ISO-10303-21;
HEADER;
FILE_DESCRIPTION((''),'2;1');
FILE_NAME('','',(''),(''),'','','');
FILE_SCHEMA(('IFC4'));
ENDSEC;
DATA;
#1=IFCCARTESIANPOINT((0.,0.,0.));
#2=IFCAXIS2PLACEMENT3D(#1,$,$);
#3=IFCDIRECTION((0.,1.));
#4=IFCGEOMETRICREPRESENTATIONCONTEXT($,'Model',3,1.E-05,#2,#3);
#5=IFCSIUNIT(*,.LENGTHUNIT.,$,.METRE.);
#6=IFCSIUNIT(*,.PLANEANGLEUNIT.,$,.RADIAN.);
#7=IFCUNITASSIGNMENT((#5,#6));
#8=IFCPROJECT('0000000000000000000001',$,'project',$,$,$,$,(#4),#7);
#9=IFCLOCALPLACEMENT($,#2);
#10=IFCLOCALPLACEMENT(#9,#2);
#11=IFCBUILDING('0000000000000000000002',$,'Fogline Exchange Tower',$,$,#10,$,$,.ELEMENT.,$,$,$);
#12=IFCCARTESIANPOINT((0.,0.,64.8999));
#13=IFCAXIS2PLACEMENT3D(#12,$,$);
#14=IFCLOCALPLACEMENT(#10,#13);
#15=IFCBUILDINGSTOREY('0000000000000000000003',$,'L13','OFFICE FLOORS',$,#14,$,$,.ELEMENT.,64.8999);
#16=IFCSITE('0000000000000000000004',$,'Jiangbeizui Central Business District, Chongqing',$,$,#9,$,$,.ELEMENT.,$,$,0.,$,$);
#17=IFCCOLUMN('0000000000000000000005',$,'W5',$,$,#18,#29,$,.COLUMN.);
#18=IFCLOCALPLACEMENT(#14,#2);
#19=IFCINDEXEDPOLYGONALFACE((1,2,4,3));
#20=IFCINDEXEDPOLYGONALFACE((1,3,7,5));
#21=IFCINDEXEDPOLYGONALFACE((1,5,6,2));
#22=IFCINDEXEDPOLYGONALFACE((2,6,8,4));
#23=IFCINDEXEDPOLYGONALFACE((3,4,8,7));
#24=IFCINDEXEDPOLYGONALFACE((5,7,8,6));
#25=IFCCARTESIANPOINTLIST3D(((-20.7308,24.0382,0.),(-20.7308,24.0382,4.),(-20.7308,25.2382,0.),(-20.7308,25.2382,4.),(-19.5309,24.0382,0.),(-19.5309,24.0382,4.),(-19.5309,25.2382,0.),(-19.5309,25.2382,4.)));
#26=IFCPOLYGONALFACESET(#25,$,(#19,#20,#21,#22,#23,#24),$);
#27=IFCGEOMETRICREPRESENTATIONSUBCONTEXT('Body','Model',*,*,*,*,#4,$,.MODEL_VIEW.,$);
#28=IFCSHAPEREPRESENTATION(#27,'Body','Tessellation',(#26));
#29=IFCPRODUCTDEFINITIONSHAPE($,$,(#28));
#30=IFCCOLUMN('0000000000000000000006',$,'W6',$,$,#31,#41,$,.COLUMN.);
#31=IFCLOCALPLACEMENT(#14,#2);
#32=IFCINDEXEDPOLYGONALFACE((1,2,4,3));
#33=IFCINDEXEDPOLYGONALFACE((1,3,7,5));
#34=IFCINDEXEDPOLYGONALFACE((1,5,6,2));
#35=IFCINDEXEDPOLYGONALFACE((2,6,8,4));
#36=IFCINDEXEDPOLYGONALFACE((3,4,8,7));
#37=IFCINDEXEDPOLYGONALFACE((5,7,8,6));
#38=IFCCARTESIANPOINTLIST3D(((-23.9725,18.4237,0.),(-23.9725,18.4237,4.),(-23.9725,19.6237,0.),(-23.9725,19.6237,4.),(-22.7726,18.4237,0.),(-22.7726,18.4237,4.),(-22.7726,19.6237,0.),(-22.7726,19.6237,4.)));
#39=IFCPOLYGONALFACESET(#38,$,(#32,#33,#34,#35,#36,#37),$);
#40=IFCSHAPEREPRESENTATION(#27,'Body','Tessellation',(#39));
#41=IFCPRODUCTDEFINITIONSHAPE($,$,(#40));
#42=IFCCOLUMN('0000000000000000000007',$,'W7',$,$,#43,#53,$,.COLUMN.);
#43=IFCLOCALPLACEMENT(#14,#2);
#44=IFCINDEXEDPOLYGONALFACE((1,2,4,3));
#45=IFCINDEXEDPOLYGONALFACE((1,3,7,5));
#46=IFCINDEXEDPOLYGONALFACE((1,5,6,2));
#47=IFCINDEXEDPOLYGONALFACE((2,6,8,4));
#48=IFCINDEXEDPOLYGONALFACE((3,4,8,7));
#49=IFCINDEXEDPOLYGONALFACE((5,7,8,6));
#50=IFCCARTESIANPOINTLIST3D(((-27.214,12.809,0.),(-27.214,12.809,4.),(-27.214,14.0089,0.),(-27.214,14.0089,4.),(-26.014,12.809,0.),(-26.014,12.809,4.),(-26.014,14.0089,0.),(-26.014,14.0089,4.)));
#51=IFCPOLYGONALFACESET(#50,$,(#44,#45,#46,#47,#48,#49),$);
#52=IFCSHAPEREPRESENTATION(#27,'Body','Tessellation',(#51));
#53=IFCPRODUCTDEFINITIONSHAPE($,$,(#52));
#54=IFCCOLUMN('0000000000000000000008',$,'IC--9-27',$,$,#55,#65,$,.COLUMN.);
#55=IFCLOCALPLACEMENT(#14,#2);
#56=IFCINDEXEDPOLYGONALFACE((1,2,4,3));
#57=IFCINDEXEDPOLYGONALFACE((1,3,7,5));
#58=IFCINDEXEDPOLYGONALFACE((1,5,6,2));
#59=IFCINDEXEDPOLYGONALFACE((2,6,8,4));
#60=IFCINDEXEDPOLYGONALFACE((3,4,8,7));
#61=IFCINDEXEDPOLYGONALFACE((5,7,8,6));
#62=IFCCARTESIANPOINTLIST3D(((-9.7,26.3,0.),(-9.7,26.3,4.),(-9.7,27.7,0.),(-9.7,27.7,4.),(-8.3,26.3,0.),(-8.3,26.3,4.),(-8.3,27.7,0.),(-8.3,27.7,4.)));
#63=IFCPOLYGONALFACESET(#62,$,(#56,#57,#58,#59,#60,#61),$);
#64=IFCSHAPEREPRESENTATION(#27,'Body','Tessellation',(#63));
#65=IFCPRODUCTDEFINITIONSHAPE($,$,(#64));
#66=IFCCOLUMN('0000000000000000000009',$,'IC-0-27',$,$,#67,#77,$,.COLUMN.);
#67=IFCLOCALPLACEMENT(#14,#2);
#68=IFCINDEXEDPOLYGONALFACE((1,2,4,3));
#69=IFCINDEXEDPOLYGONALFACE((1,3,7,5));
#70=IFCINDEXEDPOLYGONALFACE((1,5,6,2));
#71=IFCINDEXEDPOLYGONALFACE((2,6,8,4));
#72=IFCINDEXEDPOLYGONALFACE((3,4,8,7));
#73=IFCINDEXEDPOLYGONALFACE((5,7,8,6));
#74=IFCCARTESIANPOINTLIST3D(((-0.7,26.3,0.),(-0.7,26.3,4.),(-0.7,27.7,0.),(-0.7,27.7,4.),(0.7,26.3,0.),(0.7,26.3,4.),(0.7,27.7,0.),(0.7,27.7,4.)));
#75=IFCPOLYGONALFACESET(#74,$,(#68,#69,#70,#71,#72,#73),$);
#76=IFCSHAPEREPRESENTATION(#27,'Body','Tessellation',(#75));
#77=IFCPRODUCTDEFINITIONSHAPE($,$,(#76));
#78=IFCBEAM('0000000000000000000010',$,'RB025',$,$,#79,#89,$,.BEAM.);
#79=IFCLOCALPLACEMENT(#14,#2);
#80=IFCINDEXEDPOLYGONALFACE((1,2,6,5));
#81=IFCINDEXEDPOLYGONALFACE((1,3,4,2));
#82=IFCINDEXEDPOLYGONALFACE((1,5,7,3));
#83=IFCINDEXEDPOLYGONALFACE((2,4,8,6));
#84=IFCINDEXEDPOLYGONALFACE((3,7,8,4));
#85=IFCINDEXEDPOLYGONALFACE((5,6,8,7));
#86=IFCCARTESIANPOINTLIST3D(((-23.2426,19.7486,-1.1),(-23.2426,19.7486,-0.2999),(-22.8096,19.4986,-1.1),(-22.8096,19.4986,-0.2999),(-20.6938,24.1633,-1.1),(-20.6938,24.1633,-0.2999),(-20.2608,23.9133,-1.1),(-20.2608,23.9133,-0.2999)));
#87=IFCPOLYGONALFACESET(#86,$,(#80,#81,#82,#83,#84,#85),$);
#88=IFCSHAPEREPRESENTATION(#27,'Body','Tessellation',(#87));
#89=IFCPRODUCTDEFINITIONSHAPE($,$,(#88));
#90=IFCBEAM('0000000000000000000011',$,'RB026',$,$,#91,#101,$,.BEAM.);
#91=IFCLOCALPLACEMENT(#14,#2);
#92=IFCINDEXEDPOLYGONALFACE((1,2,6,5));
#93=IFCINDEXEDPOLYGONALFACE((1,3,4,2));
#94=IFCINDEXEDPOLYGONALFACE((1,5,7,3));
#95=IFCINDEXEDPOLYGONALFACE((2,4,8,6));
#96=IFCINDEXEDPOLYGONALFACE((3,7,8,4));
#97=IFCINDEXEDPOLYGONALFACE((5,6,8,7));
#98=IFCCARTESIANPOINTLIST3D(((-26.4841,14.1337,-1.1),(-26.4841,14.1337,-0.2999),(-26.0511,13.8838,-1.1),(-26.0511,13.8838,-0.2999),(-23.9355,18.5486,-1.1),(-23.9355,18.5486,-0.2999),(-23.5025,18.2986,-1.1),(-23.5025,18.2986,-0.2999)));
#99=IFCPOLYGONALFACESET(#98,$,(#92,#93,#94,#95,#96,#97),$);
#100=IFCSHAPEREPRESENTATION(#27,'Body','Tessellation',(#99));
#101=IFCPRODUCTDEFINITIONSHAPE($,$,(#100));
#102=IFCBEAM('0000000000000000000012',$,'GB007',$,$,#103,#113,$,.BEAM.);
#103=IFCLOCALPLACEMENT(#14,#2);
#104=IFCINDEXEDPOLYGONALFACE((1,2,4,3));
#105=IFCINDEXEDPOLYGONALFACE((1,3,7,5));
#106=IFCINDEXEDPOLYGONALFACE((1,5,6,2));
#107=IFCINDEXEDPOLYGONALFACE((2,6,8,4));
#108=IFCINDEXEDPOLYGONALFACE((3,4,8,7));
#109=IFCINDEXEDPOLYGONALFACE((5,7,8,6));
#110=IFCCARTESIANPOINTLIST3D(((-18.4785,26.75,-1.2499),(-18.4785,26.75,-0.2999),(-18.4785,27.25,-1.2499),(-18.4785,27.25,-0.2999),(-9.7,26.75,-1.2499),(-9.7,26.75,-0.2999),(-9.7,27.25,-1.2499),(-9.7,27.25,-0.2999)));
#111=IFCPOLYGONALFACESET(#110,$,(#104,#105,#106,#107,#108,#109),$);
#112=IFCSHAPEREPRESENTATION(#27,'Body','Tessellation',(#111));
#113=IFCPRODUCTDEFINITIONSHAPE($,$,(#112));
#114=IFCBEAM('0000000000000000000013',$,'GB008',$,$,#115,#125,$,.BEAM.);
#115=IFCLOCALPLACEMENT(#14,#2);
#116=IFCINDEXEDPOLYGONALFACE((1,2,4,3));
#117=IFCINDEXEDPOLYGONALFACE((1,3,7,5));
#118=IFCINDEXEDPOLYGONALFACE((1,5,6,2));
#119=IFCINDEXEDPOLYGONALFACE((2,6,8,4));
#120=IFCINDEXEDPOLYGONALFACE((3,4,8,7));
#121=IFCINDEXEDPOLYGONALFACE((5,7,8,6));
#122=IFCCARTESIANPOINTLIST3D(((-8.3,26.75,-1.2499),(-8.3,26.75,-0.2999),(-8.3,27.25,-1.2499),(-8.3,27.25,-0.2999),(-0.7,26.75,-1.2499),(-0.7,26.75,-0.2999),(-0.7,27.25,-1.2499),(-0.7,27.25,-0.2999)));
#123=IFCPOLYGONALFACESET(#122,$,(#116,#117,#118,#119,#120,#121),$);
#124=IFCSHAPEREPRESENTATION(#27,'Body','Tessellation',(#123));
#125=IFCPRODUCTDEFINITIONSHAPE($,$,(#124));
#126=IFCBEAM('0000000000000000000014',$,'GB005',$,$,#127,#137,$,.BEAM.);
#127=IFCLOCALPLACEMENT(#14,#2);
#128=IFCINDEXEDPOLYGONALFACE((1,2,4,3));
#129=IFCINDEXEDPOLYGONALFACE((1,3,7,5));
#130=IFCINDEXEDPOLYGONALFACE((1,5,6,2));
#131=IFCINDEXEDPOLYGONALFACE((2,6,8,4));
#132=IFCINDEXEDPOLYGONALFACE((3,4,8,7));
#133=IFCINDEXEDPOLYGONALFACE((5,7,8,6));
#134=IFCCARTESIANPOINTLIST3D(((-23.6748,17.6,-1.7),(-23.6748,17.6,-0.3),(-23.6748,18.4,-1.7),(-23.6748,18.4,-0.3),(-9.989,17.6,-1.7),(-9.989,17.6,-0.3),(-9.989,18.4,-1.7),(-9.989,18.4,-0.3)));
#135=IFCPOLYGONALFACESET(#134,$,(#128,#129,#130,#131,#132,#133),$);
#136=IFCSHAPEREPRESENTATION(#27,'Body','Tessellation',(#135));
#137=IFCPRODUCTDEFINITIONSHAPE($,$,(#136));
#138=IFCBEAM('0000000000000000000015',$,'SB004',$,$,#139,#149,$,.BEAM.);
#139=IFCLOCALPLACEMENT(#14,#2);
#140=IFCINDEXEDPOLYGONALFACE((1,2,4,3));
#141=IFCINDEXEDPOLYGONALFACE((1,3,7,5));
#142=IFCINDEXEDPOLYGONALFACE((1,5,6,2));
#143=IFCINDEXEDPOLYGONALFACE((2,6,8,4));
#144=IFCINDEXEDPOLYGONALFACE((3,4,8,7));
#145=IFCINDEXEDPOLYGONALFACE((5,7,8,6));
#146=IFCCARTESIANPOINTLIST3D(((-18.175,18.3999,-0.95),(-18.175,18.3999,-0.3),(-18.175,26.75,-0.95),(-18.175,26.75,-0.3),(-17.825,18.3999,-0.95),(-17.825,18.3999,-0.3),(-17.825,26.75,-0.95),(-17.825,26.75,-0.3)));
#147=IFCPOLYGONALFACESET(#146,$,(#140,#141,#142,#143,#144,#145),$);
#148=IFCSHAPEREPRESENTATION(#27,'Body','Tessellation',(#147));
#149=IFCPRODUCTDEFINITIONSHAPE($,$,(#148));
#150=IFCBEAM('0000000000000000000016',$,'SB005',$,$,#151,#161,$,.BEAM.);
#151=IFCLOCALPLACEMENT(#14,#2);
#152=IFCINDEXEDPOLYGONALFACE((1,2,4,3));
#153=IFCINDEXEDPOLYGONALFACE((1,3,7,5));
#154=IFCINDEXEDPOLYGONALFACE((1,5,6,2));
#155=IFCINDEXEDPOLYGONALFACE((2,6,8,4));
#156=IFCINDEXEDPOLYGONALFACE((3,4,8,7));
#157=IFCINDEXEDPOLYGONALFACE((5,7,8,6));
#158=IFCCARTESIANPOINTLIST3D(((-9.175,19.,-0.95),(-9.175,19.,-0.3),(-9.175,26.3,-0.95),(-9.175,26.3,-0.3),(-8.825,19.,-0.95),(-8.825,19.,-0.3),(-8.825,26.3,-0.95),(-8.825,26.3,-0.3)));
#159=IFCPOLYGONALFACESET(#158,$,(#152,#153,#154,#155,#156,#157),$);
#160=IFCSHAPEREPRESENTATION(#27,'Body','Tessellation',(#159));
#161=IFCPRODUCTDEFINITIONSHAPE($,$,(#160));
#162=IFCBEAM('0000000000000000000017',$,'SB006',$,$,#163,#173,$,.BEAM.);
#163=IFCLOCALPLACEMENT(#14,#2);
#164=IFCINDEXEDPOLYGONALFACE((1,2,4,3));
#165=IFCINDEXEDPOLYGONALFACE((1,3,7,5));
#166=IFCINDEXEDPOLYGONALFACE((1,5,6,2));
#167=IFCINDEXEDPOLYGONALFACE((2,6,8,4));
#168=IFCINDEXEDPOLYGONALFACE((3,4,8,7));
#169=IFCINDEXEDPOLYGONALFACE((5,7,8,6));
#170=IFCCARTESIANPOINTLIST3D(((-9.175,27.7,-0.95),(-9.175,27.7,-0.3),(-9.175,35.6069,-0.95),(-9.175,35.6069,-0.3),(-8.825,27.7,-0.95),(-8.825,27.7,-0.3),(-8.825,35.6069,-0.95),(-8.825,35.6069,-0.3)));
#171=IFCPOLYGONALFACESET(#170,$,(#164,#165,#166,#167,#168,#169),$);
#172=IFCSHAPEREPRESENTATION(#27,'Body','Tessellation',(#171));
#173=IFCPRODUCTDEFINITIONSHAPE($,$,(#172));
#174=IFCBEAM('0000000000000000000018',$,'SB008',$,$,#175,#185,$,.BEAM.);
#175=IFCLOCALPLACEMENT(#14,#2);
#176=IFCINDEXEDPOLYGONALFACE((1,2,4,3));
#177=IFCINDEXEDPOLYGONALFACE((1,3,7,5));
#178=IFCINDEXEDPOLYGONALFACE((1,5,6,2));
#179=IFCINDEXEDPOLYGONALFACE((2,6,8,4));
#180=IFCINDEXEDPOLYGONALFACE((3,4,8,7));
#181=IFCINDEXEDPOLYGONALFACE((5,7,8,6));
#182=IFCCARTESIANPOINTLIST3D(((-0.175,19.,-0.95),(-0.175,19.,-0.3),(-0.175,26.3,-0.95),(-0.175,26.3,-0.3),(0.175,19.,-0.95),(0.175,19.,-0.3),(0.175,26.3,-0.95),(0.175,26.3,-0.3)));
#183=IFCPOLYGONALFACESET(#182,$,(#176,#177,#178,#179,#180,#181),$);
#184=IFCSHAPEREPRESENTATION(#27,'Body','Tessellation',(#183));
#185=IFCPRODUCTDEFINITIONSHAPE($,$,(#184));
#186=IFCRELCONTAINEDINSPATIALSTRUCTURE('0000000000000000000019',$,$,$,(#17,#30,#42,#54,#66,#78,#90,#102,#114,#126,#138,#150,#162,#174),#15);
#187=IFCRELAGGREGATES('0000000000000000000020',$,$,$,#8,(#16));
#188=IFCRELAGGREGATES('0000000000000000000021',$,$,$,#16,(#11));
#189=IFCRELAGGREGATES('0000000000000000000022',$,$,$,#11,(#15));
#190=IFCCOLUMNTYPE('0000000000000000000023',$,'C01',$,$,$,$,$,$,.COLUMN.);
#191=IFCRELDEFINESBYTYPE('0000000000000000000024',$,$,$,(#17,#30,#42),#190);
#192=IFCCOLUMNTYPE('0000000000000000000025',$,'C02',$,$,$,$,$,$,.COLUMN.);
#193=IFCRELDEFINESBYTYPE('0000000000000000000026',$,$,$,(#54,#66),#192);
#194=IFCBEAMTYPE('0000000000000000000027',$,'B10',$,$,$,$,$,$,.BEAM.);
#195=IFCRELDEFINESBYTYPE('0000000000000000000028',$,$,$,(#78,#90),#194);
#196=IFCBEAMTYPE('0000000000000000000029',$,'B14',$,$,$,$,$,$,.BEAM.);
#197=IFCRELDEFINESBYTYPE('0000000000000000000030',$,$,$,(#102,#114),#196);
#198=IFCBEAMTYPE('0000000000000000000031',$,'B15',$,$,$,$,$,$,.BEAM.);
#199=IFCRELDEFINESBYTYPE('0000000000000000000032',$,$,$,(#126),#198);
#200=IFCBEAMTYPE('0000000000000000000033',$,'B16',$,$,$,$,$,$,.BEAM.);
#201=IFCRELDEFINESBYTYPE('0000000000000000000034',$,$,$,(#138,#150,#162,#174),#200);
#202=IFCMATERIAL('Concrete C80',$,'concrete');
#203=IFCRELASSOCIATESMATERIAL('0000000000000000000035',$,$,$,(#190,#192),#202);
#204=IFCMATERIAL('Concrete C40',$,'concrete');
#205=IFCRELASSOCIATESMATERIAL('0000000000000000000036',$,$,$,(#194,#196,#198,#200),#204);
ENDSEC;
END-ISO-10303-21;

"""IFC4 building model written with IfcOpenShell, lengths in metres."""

from ifc_helpers import new_model, si_unit, direction, frame, origin, origin_2d, place, context, subcontext, project, spatial, rectangle, extrude, material, material_profile, profile_set, type_object, element, save


model = new_model("IFC4")

# Units and contexts
model_context = context("Model", 3, precision=1e-05, world=origin(), true_north=direction((0.0, 1.0)))
body_context = subcontext(model_context, "Body", "Model", "MODEL_VIEW")
ifc_project = project(units=[si_unit("LENGTHUNIT", "METRE"), si_unit("PLANEANGLEUNIT", "RADIAN")], contexts=[model_context])

# Site, building, storey
site_placement = place(None, origin())
site = spatial("IfcSite", under=ifc_project, at=site_placement, Name="Jiangbeizui Central Business District, Chongqing", CompositionType="ELEMENT", RefElevation=0.0)
building_placement = place(site_placement, origin())
building = spatial("IfcBuilding", under=site, at=building_placement, Name="Fogline Exchange Tower", CompositionType="ELEMENT")
storey_placement = place(building_placement, frame((0.0, 0.0, 64.8999)))
storey = spatial("IfcBuildingStorey", under=building, at=storey_placement, Name="L13", Description="OFFICE FLOORS", CompositionType="ELEMENT", Elevation=64.8999)

# Columns
ifc_material_1 = material(Name="Concrete C80", Category="concrete")
ifc_material_profile_1 = material_profile(ifc_material_1, rectangle(XDim=1.2, YDim=1.2, at=origin_2d()), Name="RC 1200x1200")
ifc_profile_set_1 = profile_set([ifc_material_profile_1], Name="Concrete C80")
column_type_1 = type_object("IfcColumnType", Name="C01", PredefinedType="COLUMN", material=ifc_profile_set_1)
for number, where, z_axis, x_axis, name in (
    (1, (-20.1309, 24.6382, 0.0), (0.0, 0.0, 1.0), (1.0, 0.0, 0.0), "W5"),
    (2, (-23.3726, 19.0237, 0.0), (0.0, 0.0, 1.0), (1.0, 0.0, 0.0), "W6"),
    (3, (-26.614, 13.4089, 0.0), (0.0, 0.0, 1.0), (1.0, 0.0, 0.0), "W7"),
):
    element("IfcColumn", number, at=place(storey_placement, frame(where, z_axis=z_axis, x_axis=x_axis)), inside=storey, type_object=column_type_1, Name=name, PredefinedType="COLUMN", context=body_context, shape_type="SweptSolid", body=[
        extrude(rectangle(XDim=1.2, YDim=1.2, at=origin_2d()), origin(), (0.0, 0.0, 1.0), 4.0),
    ])
ifc_material_profile_2 = material_profile(ifc_material_1, rectangle(XDim=1.3999, YDim=1.3999, at=origin_2d()), Name="RC 1400x1400")
ifc_profile_set_2 = profile_set([ifc_material_profile_2], Name="Concrete C80")
column_type_2 = type_object("IfcColumnType", Name="C02", PredefinedType="COLUMN", material=ifc_profile_set_2)
for number, where, z_axis, x_axis, name in (
    (4, (-9.0, 27.0, 0.0), (0.0, 0.0, 1.0), (1.0, 0.0, 0.0), "IC--9-27"),
    (5, (0.0, 27.0, 0.0), (0.0, 0.0, 1.0), (1.0, 0.0, 0.0), "IC-0-27"),
):
    element("IfcColumn", number, at=place(storey_placement, frame(where, z_axis=z_axis, x_axis=x_axis)), inside=storey, type_object=column_type_2, Name=name, PredefinedType="COLUMN", context=body_context, shape_type="SweptSolid", body=[
        extrude(rectangle(XDim=1.3999, YDim=1.3999, at=origin_2d()), origin(), (0.0, 0.0, 1.0), 4.0),
    ])

# Beams
ifc_material_2 = material(Name="Concrete C40", Category="concrete")
ifc_material_profile_3 = material_profile(ifc_material_2, rectangle(XDim=0.5, YDim=0.8, at=origin_2d()), Name="RC 500x800")
ifc_profile_set_3 = profile_set([ifc_material_profile_3], Name="Concrete C40")
beam_type_1 = type_object("IfcBeamType", Name="B10", PredefinedType="BEAM", material=ifc_profile_set_3)
for number, where, z_axis, x_axis, name in (
    (6, (-20.4773, 24.0383, -0.7), (-0.499992, -0.86603, 0.0), (0.86603, -0.499992, 0.0), "RB025"),
    (7, (-23.719, 18.4236, -0.7), (-0.499956, -0.866051, 0.0), (0.866051, -0.499956, 0.0), "RB026"),
):
    element("IfcBeam", number, at=place(storey_placement, frame(where, z_axis=z_axis, x_axis=x_axis)), inside=storey, type_object=beam_type_1, Name=name, PredefinedType="BEAM", context=body_context, shape_type="SweptSolid", body=[
        extrude(rectangle(XDim=0.5, YDim=0.8, at=origin_2d()), origin(), (0.0, 0.0, 1.0), 5.0977),
    ])
ifc_material_profile_4 = material_profile(ifc_material_2, rectangle(XDim=0.5, YDim=0.95, at=origin_2d()), Name="RC 500x950")
ifc_profile_set_4 = profile_set([ifc_material_profile_4], Name="Concrete C40")
beam_type_2 = type_object("IfcBeamType", Name="B14", PredefinedType="BEAM", material=ifc_profile_set_4)
beam_1_placement = place(storey_placement, frame((-18.4785, 27.0, -0.7749), z_axis=(1.0, 0.0, 0.0), x_axis=(0.0, 1.0, 0.0)))
element("IfcBeam", 8, at=beam_1_placement, inside=storey, type_object=beam_type_2, Name="GB007", PredefinedType="BEAM", context=body_context, shape_type="SweptSolid", body=[
    extrude(rectangle(XDim=0.5, YDim=0.95, at=origin_2d()), origin(), (0.0, 0.0, 1.0), 8.7786),
])
beam_2_placement = place(storey_placement, frame((-8.3, 27.0, -0.7749), z_axis=(1.0, 0.0, 0.0), x_axis=(0.0, 1.0, 0.0)))
element("IfcBeam", 9, at=beam_2_placement, inside=storey, type_object=beam_type_2, Name="GB008", PredefinedType="BEAM", context=body_context, shape_type="SweptSolid", body=[
    extrude(rectangle(XDim=0.5, YDim=0.95, at=origin_2d()), origin(), (0.0, 0.0, 1.0), 7.6001),
])
ifc_material_profile_5 = material_profile(ifc_material_2, rectangle(XDim=0.8, YDim=1.3999, at=origin_2d()), Name="RC 800x1400")
ifc_profile_set_5 = profile_set([ifc_material_profile_5], Name="Concrete C40")
beam_type_3 = type_object("IfcBeamType", Name="B15", PredefinedType="BEAM", material=ifc_profile_set_5)
beam_3_placement = place(storey_placement, frame((-23.6748, 18.0, -1.0), z_axis=(1.0, 0.0, 0.0), x_axis=(0.0, 1.0, 0.0)))
element("IfcBeam", 10, at=beam_3_placement, inside=storey, type_object=beam_type_3, Name="GB005", PredefinedType="BEAM", context=body_context, shape_type="SweptSolid", body=[
    extrude(rectangle(XDim=0.8, YDim=1.3999, at=origin_2d()), origin(), (0.0, 0.0, 1.0), 13.6858),
])
ifc_material_profile_6 = material_profile(ifc_material_2, rectangle(XDim=0.3501, YDim=0.6499, at=origin_2d()), Name="RC 350x650")
ifc_profile_set_6 = profile_set([ifc_material_profile_6], Name="Concrete C40")
beam_type_4 = type_object("IfcBeamType", Name="B16", PredefinedType="BEAM", material=ifc_profile_set_6)
beam_4_placement = place(storey_placement, frame((-18.0, 18.3999, -0.625), z_axis=(0.0, 1.0, 0.0), x_axis=(-1.0, 0.0, 0.0)))
element("IfcBeam", 11, at=beam_4_placement, inside=storey, type_object=beam_type_4, Name="SB004", PredefinedType="BEAM", context=body_context, shape_type="SweptSolid", body=[
    extrude(rectangle(XDim=0.3501, YDim=0.6499, at=origin_2d()), origin(), (0.0, 0.0, 1.0), 8.3501),
])
beam_5_placement = place(storey_placement, frame((-9.0, 19.0, -0.625), z_axis=(0.0, 1.0, 0.0), x_axis=(-1.0, 0.0, 0.0)))
element("IfcBeam", 12, at=beam_5_placement, inside=storey, type_object=beam_type_4, Name="SB005", PredefinedType="BEAM", context=body_context, shape_type="SweptSolid", body=[
    extrude(rectangle(XDim=0.3501, YDim=0.6499, at=origin_2d()), origin(), (0.0, 0.0, 1.0), 7.3),
])
beam_6_placement = place(storey_placement, frame((-9.0, 27.7, -0.625), z_axis=(0.0, 1.0, 0.0), x_axis=(-1.0, 0.0, 0.0)))
element("IfcBeam", 13, at=beam_6_placement, inside=storey, type_object=beam_type_4, Name="SB006", PredefinedType="BEAM", context=body_context, shape_type="SweptSolid", body=[
    extrude(rectangle(XDim=0.3501, YDim=0.6499, at=origin_2d()), origin(), (0.0, 0.0, 1.0), 7.907),
])
beam_7_placement = place(storey_placement, frame((0.0, 19.0, -0.625), z_axis=(0.0, 1.0, 0.0), x_axis=(-1.0, 0.0, 0.0)))
element("IfcBeam", 14, at=beam_7_placement, inside=storey, type_object=beam_type_4, Name="SB008", PredefinedType="BEAM", context=body_context, shape_type="SweptSolid", body=[
    extrude(rectangle(XDim=0.3501, YDim=0.6499, at=origin_2d()), origin(), (0.0, 0.0, 1.0), 7.3),
])

save(model, "model.ifc")
